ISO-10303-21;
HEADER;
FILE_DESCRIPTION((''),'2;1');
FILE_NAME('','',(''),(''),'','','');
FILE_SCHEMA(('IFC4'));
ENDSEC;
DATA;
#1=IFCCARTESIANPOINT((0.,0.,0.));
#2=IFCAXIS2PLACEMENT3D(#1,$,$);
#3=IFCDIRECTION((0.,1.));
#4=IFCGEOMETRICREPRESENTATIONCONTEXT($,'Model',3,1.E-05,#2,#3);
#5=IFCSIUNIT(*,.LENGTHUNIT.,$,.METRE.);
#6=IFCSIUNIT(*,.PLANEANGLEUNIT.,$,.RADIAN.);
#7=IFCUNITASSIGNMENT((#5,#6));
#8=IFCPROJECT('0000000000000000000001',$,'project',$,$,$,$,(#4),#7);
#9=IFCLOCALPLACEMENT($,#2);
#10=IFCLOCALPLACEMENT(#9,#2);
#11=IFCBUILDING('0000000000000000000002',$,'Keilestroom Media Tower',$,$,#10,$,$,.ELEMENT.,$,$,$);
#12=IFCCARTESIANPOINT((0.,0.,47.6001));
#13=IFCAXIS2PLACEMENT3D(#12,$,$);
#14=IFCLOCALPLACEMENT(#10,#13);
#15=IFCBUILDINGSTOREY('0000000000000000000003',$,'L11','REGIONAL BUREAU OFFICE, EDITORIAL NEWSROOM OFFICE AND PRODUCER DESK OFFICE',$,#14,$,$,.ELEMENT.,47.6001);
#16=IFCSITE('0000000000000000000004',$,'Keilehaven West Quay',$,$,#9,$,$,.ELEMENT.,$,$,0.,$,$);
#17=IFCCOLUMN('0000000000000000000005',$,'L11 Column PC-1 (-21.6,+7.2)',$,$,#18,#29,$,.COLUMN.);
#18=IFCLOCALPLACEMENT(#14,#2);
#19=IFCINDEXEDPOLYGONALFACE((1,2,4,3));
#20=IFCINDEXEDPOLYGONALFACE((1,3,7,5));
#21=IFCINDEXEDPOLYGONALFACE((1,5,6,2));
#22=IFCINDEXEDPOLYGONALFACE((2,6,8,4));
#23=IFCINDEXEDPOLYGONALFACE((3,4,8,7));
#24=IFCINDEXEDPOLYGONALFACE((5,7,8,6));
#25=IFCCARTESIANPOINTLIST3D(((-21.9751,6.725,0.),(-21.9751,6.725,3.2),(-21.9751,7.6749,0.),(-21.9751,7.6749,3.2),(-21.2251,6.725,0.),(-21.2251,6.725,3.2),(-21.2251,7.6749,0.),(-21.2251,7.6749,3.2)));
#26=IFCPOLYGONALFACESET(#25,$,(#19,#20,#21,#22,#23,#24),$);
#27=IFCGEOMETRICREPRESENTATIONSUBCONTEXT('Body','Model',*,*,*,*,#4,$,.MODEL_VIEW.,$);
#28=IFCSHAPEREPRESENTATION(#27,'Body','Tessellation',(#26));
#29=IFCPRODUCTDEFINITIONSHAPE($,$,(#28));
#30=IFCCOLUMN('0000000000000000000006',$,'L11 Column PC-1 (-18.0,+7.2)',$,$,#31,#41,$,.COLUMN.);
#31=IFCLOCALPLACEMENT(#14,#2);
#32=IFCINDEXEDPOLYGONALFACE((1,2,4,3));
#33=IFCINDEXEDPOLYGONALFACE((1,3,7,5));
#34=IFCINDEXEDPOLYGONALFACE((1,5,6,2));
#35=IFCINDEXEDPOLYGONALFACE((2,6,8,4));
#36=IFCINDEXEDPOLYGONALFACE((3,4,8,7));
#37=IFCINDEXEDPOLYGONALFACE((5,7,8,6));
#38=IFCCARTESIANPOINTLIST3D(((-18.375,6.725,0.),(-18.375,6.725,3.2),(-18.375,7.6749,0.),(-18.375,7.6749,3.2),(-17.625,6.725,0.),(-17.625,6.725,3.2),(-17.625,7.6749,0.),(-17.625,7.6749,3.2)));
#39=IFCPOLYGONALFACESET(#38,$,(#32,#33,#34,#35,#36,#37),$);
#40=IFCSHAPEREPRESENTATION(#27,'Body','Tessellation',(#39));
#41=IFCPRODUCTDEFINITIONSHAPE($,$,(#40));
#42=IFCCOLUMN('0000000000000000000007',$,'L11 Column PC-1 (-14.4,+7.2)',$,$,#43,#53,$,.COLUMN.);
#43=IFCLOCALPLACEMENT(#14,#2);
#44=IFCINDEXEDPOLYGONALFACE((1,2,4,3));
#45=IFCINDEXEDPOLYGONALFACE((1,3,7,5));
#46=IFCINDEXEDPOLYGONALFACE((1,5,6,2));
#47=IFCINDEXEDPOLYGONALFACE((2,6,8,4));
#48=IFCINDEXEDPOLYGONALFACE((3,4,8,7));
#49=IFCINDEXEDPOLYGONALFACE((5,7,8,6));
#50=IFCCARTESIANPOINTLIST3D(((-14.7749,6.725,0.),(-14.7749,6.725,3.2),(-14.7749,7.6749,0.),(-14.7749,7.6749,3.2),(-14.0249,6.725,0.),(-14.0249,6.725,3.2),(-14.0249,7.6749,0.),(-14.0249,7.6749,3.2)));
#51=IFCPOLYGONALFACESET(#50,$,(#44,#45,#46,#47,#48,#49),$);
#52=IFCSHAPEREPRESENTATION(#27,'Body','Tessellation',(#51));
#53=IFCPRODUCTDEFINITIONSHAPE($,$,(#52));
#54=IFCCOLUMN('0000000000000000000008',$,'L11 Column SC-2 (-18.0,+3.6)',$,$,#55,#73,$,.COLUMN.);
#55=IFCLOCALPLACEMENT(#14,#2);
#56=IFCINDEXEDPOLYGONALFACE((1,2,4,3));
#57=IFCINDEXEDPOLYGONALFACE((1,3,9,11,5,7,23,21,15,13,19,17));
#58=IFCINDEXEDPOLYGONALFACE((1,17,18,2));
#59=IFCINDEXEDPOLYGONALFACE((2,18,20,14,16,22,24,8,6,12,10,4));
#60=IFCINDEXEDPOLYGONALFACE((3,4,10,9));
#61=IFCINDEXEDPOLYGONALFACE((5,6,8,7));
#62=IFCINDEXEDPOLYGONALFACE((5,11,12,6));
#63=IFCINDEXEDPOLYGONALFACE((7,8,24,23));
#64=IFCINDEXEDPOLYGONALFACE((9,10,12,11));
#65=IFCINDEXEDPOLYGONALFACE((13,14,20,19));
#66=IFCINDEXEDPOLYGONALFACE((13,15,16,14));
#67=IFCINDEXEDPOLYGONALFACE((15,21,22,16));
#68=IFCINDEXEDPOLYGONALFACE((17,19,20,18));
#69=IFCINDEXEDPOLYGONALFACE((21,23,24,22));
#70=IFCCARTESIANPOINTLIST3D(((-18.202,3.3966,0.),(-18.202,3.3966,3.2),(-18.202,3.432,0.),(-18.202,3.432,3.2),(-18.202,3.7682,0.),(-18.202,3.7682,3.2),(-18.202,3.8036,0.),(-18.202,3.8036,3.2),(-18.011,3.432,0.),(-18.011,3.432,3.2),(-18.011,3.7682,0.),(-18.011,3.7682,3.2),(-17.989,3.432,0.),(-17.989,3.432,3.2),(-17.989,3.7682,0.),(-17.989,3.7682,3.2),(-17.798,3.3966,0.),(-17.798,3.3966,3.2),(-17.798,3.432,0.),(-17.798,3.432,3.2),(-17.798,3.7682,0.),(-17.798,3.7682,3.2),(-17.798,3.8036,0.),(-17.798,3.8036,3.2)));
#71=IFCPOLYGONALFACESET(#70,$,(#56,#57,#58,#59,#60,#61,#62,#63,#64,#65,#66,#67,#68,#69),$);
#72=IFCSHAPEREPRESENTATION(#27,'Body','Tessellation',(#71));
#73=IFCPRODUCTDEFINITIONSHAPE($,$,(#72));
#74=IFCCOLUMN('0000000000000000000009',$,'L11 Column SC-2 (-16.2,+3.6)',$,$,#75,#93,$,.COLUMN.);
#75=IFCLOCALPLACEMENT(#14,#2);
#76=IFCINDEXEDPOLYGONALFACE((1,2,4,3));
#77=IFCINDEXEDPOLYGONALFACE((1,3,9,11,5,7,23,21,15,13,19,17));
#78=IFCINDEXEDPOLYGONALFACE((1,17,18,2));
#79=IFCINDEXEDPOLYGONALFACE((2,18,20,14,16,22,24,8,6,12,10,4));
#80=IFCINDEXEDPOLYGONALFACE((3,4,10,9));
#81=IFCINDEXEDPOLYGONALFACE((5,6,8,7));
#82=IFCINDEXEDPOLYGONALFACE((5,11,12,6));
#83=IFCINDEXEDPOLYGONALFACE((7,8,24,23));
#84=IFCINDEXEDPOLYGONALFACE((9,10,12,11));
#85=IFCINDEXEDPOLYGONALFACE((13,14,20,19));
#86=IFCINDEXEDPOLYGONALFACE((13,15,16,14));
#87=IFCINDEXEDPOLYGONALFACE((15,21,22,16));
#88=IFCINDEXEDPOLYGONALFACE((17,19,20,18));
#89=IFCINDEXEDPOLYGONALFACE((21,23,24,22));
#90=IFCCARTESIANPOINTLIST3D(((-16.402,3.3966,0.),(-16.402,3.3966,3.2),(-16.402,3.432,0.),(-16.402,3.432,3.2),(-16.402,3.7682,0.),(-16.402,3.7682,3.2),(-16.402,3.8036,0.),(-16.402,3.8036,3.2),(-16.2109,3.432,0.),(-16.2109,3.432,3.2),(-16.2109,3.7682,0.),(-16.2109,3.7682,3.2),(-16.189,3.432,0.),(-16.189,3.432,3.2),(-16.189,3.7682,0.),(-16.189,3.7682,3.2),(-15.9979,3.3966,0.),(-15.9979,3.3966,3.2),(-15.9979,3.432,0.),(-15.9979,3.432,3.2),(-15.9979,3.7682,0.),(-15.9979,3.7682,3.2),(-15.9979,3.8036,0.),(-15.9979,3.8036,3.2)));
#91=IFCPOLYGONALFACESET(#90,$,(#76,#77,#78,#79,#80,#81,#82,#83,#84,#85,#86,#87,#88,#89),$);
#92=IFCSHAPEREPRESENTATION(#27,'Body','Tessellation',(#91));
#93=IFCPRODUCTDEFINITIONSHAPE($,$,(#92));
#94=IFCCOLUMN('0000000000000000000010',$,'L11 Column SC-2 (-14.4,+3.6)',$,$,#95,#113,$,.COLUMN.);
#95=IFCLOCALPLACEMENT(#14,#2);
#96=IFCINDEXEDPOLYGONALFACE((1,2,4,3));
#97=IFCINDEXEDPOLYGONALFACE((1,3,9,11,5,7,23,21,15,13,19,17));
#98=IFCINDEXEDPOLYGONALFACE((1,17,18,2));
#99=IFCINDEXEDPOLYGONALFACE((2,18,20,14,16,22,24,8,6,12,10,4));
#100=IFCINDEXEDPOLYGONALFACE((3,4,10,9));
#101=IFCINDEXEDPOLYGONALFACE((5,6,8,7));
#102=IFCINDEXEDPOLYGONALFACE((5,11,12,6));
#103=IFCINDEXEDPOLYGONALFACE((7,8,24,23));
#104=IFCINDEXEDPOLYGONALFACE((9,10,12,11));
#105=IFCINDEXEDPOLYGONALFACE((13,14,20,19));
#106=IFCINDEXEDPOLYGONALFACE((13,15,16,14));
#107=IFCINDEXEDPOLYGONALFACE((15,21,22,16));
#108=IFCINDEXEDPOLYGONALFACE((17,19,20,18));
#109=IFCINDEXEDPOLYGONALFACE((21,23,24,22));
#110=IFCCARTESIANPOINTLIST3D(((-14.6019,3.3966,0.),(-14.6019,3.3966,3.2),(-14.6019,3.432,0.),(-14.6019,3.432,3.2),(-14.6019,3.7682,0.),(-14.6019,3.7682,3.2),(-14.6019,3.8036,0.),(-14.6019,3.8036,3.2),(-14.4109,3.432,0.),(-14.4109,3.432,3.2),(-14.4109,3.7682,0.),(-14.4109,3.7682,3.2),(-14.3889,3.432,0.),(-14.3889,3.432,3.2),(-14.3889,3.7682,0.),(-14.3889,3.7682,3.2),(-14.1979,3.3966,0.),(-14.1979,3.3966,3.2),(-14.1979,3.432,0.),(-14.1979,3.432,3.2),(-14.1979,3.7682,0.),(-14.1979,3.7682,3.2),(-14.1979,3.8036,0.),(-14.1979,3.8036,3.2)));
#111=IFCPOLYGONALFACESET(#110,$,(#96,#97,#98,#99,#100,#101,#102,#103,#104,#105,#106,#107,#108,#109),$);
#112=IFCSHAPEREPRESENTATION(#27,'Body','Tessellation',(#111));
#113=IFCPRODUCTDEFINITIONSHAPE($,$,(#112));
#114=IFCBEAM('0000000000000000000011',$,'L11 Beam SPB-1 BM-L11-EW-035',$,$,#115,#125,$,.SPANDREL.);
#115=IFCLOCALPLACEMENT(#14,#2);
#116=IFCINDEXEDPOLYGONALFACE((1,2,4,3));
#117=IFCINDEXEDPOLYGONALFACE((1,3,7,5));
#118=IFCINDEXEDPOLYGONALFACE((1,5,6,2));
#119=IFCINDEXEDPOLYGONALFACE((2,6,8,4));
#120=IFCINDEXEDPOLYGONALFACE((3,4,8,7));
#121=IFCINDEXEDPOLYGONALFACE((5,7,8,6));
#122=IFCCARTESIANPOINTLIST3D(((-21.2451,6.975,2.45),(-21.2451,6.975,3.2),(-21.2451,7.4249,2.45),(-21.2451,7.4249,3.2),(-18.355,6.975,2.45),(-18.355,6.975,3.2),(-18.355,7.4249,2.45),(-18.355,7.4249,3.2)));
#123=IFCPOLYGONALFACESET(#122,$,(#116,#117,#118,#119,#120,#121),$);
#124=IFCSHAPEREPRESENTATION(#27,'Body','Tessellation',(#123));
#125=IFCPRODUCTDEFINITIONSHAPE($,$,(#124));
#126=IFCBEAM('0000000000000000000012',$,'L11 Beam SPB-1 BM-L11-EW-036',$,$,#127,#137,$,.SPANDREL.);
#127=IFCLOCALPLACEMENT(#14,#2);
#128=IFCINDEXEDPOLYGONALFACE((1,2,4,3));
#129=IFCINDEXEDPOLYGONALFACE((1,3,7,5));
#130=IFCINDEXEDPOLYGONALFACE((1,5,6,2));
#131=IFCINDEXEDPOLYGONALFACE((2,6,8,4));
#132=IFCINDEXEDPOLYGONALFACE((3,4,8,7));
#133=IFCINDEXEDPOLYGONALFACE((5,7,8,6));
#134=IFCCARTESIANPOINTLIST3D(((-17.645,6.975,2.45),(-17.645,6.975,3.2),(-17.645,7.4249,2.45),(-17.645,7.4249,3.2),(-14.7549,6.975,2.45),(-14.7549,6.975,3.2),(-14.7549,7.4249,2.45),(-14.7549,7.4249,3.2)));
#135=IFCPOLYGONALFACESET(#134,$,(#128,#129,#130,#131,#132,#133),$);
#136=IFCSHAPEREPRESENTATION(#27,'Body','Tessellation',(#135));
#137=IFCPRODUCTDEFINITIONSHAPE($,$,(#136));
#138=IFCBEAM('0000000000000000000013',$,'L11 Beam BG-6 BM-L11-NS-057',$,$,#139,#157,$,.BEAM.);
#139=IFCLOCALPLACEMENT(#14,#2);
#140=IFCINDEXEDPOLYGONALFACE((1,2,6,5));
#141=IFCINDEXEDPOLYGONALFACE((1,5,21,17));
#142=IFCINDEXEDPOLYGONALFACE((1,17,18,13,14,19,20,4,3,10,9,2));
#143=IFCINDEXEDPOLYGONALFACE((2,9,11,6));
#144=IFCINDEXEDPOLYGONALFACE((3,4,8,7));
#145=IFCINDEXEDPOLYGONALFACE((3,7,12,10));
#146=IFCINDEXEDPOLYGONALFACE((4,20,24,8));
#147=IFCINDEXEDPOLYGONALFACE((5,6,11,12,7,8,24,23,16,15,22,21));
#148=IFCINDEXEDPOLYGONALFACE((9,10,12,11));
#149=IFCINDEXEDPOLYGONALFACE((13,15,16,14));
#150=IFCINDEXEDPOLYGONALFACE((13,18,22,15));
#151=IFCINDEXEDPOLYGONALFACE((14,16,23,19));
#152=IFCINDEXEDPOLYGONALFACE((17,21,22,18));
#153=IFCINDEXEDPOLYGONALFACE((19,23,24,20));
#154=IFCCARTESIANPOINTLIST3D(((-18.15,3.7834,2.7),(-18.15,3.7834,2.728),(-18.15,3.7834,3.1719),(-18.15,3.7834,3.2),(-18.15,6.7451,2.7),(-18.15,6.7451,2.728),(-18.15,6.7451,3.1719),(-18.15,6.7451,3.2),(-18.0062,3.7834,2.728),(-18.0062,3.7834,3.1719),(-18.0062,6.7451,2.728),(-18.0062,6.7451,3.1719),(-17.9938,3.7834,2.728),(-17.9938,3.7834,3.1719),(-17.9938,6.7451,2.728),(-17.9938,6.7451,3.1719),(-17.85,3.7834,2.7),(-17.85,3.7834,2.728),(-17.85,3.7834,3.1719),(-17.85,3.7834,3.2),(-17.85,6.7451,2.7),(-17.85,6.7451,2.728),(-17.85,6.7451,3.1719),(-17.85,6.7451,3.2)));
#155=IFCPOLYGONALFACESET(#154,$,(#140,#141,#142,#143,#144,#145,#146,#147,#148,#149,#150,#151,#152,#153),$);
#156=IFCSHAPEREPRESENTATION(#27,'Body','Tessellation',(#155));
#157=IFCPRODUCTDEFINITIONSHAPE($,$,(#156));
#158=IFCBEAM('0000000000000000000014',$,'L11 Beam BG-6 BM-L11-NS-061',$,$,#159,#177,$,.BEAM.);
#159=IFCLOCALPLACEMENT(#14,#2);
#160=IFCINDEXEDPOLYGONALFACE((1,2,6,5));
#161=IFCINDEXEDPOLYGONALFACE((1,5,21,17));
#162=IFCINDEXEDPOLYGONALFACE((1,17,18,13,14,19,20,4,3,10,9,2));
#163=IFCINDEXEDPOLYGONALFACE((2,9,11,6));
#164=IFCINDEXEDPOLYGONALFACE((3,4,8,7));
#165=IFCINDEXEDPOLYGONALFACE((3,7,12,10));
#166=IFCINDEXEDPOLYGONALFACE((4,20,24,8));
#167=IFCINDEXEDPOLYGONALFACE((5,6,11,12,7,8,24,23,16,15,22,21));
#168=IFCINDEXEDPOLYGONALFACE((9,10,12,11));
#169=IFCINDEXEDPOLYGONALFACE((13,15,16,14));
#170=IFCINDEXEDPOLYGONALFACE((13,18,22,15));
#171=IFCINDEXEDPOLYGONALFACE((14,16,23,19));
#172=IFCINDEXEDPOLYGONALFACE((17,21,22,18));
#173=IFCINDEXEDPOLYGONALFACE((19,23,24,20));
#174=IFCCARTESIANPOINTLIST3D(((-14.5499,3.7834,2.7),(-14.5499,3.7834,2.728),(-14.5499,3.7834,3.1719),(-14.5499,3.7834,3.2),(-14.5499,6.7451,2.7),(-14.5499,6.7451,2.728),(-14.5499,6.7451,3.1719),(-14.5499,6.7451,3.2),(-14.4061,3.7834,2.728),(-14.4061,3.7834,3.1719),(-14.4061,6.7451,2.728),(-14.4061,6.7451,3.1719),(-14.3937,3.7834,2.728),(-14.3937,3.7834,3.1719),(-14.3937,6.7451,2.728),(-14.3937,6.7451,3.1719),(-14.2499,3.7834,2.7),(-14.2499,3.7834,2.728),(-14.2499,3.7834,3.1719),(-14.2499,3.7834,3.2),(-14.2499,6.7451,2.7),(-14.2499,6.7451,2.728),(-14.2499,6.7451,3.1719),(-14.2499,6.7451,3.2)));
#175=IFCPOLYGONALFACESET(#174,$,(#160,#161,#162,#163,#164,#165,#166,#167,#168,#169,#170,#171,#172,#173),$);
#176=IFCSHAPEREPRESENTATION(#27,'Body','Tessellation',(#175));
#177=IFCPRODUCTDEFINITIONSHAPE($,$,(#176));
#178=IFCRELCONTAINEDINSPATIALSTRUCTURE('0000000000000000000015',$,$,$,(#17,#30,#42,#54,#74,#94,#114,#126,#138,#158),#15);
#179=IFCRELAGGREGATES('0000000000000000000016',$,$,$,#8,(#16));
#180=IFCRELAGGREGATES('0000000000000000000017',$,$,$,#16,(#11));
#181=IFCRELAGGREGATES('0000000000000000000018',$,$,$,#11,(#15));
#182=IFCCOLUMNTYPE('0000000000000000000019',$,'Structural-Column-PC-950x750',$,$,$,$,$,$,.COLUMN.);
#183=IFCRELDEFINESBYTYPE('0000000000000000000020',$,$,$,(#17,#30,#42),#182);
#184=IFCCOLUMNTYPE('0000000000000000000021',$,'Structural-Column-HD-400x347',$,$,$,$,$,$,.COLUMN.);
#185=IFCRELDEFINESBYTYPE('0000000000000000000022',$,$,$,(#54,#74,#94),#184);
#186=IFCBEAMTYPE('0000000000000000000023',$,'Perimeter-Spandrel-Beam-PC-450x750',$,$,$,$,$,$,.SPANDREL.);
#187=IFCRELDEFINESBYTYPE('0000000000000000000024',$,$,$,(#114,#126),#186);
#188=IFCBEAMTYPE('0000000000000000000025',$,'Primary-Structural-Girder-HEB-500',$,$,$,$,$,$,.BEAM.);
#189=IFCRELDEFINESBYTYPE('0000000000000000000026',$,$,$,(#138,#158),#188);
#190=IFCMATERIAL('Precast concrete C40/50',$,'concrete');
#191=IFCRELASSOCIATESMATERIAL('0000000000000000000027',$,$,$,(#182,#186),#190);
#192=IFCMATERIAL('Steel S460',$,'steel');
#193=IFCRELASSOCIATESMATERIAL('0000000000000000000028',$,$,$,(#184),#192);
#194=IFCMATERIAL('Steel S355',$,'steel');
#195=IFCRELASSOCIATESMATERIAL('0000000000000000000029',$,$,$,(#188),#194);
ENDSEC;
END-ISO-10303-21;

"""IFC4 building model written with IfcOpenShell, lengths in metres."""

from ifc_helpers import new_model, si_unit, direction, frame, origin, origin_2d, place, context, subcontext, project, spatial, rectangle, i_section, extrude, source, transform, mapped, material, material_profile, profile_set, type_object, element, save


model = new_model("IFC4")

# Units and contexts
model_context = context("Model", 3, precision=1e-05, world=origin(), true_north=direction((0.0, 1.0)))
body_context = subcontext(model_context, "Body", "Model", "MODEL_VIEW")
ifc_project = project(units=[si_unit("LENGTHUNIT", "METRE"), si_unit("PLANEANGLEUNIT", "RADIAN")], contexts=[model_context])

# Site, building, storey
site_placement = place(None, origin())
site = spatial("IfcSite", under=ifc_project, at=site_placement, Name="Keilehaven West Quay", CompositionType="ELEMENT", RefElevation=0.0)
building_placement = place(site_placement, origin())
building = spatial("IfcBuilding", under=site, at=building_placement, Name="Keilestroom Media Tower", CompositionType="ELEMENT")
storey_placement = place(building_placement, frame((0.0, 0.0, 47.6001)))
storey = spatial("IfcBuildingStorey", under=building, at=storey_placement, Name="L11", Description="REGIONAL BUREAU OFFICE, EDITORIAL NEWSROOM OFFICE AND PRODUCER DESK OFFICE", CompositionType="ELEMENT", Elevation=47.6001)

# Columns
ifc_material_1 = material(Name="Precast concrete C40/50", Category="concrete")
ifc_material_profile_1 = material_profile(ifc_material_1, rectangle(XDim=0.75, YDim=0.95, at=origin_2d()), Name="PC 950x750")
ifc_profile_set_1 = profile_set([ifc_material_profile_1], Name="Precast concrete C40/50")
column_type_1 = type_object("IfcColumnType", Name="Structural-Column-PC-950x750", PredefinedType="COLUMN", material=ifc_profile_set_1)
shared_shape_1 = source(origin(), body_context, "Body", "SweptSolid", [
    extrude(rectangle(XDim=0.75, YDim=0.95, at=origin_2d()), origin(), (0.0, 0.0, 1.0), 3.2),
])
for number, where, z_axis, x_axis, name in (
    (1, (-21.6001, 7.2, 0.0), (0.0, 0.0, 1.0), (1.0, 0.0, 0.0), "L11 Column PC-1 (-21.6,+7.2)"),
    (2, (-18.0, 7.2, 0.0), (0.0, 0.0, 1.0), (1.0, 0.0, 0.0), "L11 Column PC-1 (-18.0,+7.2)"),
    (3, (-14.3999, 7.2, 0.0), (0.0, 0.0, 1.0), (1.0, 0.0, 0.0), "L11 Column PC-1 (-14.4,+7.2)"),
):
    element("IfcColumn", number, at=place(storey_placement, frame(where, z_axis=z_axis, x_axis=x_axis)), inside=storey, type_object=column_type_1, Name=name, PredefinedType="COLUMN", context=body_context, shape_type="MappedRepresentation", body=[
        mapped(shared_shape_1, transform((0.0, 0.0, 0.0), x_axis=(1.0, 0.0, 0.0), y_axis=(0.0, 1.0, 0.0), z_axis=(0.0, 0.0, 1.0), scale=1.0)),
    ])
ifc_material_2 = material(Name="Steel S460", Category="steel")
ifc_material_profile_2 = material_profile(ifc_material_2, i_section(OverallWidth=0.4041, OverallDepth=0.407, WebThickness=0.022, FlangeThickness=0.0354, at=origin_2d()), Name="HD 400x347")
ifc_profile_set_2 = profile_set([ifc_material_profile_2], Name="Steel S460")
column_type_2 = type_object("IfcColumnType", Name="Structural-Column-HD-400x347", PredefinedType="COLUMN", material=ifc_profile_set_2)
shared_shape_2 = source(origin(), body_context, "Body", "SweptSolid", [
    extrude(i_section(OverallWidth=0.4041, OverallDepth=0.407, WebThickness=0.022, FlangeThickness=0.0354, at=origin_2d()), origin(), (0.0, 0.0, 1.0), 3.2),
])
for number, where, z_axis, x_axis, name in (
    (4, (-18.0, 3.6001, 0.0), (0.0, 0.0, 1.0), (1.0, 0.0, 0.0), "L11 Column SC-2 (-18.0,+3.6)"),
    (5, (-16.2, 3.6001, 0.0), (0.0, 0.0, 1.0), (1.0, 0.0, 0.0), "L11 Column SC-2 (-16.2,+3.6)"),
    (6, (-14.3999, 3.6001, 0.0), (0.0, 0.0, 1.0), (1.0, 0.0, 0.0), "L11 Column SC-2 (-14.4,+3.6)"),
):
    element("IfcColumn", number, at=place(storey_placement, frame(where, z_axis=z_axis, x_axis=x_axis)), inside=storey, type_object=column_type_2, Name=name, PredefinedType="COLUMN", context=body_context, shape_type="MappedRepresentation", body=[
        mapped(shared_shape_2, transform((0.0, 0.0, 0.0), x_axis=(1.0, 0.0, 0.0), y_axis=(0.0, 1.0, 0.0), z_axis=(0.0, 0.0, 1.0), scale=1.0)),
    ])

# Beams
ifc_material_profile_3 = material_profile(ifc_material_1, rectangle(XDim=0.45, YDim=0.75, at=origin_2d()), Name="PC 450x750")
ifc_profile_set_3 = profile_set([ifc_material_profile_3], Name="Precast concrete C40/50")
beam_type_1 = type_object("IfcBeamType", Name="Perimeter-Spandrel-Beam-PC-450x750", PredefinedType="SPANDREL", material=ifc_profile_set_3)
shared_shape_3 = source(origin(), body_context, "Body", "SweptSolid", [
    extrude(rectangle(XDim=0.45, YDim=0.75, at=origin_2d()), origin(), (0.0, 0.0, 1.0), 2.8901),
])
for number, where, z_axis, x_axis, name in (
    (7, (-21.2451, 7.2, 2.825), (1.0, 0.0, 0.0), (0.0, 1.0, 0.0), "L11 Beam SPB-1 BM-L11-EW-035"),
    (8, (-17.645, 7.2, 2.825), (1.0, 0.0, 0.0), (0.0, 1.0, 0.0), "L11 Beam SPB-1 BM-L11-EW-036"),
):
    element("IfcBeam", number, at=place(storey_placement, frame(where, z_axis=z_axis, x_axis=x_axis)), inside=storey, type_object=beam_type_1, Name=name, PredefinedType="SPANDREL", context=body_context, shape_type="MappedRepresentation", body=[
        mapped(shared_shape_3, transform((0.0, 0.0, 0.0), x_axis=(1.0, 0.0, 0.0), y_axis=(0.0, 1.0, 0.0), z_axis=(0.0, 0.0, 1.0), scale=1.0)),
    ])
ifc_material_3 = material(Name="Steel S355", Category="steel")
ifc_material_profile_4 = material_profile(ifc_material_3, i_section(OverallWidth=0.3, OverallDepth=0.5, WebThickness=0.0125, FlangeThickness=0.0281, at=origin_2d()), Name="HEB 500")
ifc_profile_set_4 = profile_set([ifc_material_profile_4], Name="Steel S355")
beam_type_2 = type_object("IfcBeamType", Name="Primary-Structural-Girder-HEB-500", PredefinedType="BEAM", material=ifc_profile_set_4)
shared_shape_4 = source(origin(), body_context, "Body", "SweptSolid", [
    extrude(i_section(OverallWidth=0.3, OverallDepth=0.5, WebThickness=0.0125, FlangeThickness=0.0281, at=origin_2d()), origin(), (0.0, 0.0, 1.0), 2.9617),
])
for number, where, z_axis, x_axis, name in (
    (9, (-18.0, 3.7834, 2.95), (0.0, 1.0, 0.0), (-1.0, 0.0, 0.0), "L11 Beam BG-6 BM-L11-NS-057"),
    (10, (-14.3999, 3.7834, 2.95), (0.0, 1.0, 0.0), (-1.0, 0.0, 0.0), "L11 Beam BG-6 BM-L11-NS-061"),
):
    element("IfcBeam", number, at=place(storey_placement, frame(where, z_axis=z_axis, x_axis=x_axis)), inside=storey, type_object=beam_type_2, Name=name, PredefinedType="BEAM", context=body_context, shape_type="MappedRepresentation", body=[
        mapped(shared_shape_4, transform((0.0, 0.0, 0.0), x_axis=(1.0, 0.0, 0.0), y_axis=(0.0, 1.0, 0.0), z_axis=(0.0, 0.0, 1.0), scale=1.0)),
    ])

save(model, "model.ifc")
